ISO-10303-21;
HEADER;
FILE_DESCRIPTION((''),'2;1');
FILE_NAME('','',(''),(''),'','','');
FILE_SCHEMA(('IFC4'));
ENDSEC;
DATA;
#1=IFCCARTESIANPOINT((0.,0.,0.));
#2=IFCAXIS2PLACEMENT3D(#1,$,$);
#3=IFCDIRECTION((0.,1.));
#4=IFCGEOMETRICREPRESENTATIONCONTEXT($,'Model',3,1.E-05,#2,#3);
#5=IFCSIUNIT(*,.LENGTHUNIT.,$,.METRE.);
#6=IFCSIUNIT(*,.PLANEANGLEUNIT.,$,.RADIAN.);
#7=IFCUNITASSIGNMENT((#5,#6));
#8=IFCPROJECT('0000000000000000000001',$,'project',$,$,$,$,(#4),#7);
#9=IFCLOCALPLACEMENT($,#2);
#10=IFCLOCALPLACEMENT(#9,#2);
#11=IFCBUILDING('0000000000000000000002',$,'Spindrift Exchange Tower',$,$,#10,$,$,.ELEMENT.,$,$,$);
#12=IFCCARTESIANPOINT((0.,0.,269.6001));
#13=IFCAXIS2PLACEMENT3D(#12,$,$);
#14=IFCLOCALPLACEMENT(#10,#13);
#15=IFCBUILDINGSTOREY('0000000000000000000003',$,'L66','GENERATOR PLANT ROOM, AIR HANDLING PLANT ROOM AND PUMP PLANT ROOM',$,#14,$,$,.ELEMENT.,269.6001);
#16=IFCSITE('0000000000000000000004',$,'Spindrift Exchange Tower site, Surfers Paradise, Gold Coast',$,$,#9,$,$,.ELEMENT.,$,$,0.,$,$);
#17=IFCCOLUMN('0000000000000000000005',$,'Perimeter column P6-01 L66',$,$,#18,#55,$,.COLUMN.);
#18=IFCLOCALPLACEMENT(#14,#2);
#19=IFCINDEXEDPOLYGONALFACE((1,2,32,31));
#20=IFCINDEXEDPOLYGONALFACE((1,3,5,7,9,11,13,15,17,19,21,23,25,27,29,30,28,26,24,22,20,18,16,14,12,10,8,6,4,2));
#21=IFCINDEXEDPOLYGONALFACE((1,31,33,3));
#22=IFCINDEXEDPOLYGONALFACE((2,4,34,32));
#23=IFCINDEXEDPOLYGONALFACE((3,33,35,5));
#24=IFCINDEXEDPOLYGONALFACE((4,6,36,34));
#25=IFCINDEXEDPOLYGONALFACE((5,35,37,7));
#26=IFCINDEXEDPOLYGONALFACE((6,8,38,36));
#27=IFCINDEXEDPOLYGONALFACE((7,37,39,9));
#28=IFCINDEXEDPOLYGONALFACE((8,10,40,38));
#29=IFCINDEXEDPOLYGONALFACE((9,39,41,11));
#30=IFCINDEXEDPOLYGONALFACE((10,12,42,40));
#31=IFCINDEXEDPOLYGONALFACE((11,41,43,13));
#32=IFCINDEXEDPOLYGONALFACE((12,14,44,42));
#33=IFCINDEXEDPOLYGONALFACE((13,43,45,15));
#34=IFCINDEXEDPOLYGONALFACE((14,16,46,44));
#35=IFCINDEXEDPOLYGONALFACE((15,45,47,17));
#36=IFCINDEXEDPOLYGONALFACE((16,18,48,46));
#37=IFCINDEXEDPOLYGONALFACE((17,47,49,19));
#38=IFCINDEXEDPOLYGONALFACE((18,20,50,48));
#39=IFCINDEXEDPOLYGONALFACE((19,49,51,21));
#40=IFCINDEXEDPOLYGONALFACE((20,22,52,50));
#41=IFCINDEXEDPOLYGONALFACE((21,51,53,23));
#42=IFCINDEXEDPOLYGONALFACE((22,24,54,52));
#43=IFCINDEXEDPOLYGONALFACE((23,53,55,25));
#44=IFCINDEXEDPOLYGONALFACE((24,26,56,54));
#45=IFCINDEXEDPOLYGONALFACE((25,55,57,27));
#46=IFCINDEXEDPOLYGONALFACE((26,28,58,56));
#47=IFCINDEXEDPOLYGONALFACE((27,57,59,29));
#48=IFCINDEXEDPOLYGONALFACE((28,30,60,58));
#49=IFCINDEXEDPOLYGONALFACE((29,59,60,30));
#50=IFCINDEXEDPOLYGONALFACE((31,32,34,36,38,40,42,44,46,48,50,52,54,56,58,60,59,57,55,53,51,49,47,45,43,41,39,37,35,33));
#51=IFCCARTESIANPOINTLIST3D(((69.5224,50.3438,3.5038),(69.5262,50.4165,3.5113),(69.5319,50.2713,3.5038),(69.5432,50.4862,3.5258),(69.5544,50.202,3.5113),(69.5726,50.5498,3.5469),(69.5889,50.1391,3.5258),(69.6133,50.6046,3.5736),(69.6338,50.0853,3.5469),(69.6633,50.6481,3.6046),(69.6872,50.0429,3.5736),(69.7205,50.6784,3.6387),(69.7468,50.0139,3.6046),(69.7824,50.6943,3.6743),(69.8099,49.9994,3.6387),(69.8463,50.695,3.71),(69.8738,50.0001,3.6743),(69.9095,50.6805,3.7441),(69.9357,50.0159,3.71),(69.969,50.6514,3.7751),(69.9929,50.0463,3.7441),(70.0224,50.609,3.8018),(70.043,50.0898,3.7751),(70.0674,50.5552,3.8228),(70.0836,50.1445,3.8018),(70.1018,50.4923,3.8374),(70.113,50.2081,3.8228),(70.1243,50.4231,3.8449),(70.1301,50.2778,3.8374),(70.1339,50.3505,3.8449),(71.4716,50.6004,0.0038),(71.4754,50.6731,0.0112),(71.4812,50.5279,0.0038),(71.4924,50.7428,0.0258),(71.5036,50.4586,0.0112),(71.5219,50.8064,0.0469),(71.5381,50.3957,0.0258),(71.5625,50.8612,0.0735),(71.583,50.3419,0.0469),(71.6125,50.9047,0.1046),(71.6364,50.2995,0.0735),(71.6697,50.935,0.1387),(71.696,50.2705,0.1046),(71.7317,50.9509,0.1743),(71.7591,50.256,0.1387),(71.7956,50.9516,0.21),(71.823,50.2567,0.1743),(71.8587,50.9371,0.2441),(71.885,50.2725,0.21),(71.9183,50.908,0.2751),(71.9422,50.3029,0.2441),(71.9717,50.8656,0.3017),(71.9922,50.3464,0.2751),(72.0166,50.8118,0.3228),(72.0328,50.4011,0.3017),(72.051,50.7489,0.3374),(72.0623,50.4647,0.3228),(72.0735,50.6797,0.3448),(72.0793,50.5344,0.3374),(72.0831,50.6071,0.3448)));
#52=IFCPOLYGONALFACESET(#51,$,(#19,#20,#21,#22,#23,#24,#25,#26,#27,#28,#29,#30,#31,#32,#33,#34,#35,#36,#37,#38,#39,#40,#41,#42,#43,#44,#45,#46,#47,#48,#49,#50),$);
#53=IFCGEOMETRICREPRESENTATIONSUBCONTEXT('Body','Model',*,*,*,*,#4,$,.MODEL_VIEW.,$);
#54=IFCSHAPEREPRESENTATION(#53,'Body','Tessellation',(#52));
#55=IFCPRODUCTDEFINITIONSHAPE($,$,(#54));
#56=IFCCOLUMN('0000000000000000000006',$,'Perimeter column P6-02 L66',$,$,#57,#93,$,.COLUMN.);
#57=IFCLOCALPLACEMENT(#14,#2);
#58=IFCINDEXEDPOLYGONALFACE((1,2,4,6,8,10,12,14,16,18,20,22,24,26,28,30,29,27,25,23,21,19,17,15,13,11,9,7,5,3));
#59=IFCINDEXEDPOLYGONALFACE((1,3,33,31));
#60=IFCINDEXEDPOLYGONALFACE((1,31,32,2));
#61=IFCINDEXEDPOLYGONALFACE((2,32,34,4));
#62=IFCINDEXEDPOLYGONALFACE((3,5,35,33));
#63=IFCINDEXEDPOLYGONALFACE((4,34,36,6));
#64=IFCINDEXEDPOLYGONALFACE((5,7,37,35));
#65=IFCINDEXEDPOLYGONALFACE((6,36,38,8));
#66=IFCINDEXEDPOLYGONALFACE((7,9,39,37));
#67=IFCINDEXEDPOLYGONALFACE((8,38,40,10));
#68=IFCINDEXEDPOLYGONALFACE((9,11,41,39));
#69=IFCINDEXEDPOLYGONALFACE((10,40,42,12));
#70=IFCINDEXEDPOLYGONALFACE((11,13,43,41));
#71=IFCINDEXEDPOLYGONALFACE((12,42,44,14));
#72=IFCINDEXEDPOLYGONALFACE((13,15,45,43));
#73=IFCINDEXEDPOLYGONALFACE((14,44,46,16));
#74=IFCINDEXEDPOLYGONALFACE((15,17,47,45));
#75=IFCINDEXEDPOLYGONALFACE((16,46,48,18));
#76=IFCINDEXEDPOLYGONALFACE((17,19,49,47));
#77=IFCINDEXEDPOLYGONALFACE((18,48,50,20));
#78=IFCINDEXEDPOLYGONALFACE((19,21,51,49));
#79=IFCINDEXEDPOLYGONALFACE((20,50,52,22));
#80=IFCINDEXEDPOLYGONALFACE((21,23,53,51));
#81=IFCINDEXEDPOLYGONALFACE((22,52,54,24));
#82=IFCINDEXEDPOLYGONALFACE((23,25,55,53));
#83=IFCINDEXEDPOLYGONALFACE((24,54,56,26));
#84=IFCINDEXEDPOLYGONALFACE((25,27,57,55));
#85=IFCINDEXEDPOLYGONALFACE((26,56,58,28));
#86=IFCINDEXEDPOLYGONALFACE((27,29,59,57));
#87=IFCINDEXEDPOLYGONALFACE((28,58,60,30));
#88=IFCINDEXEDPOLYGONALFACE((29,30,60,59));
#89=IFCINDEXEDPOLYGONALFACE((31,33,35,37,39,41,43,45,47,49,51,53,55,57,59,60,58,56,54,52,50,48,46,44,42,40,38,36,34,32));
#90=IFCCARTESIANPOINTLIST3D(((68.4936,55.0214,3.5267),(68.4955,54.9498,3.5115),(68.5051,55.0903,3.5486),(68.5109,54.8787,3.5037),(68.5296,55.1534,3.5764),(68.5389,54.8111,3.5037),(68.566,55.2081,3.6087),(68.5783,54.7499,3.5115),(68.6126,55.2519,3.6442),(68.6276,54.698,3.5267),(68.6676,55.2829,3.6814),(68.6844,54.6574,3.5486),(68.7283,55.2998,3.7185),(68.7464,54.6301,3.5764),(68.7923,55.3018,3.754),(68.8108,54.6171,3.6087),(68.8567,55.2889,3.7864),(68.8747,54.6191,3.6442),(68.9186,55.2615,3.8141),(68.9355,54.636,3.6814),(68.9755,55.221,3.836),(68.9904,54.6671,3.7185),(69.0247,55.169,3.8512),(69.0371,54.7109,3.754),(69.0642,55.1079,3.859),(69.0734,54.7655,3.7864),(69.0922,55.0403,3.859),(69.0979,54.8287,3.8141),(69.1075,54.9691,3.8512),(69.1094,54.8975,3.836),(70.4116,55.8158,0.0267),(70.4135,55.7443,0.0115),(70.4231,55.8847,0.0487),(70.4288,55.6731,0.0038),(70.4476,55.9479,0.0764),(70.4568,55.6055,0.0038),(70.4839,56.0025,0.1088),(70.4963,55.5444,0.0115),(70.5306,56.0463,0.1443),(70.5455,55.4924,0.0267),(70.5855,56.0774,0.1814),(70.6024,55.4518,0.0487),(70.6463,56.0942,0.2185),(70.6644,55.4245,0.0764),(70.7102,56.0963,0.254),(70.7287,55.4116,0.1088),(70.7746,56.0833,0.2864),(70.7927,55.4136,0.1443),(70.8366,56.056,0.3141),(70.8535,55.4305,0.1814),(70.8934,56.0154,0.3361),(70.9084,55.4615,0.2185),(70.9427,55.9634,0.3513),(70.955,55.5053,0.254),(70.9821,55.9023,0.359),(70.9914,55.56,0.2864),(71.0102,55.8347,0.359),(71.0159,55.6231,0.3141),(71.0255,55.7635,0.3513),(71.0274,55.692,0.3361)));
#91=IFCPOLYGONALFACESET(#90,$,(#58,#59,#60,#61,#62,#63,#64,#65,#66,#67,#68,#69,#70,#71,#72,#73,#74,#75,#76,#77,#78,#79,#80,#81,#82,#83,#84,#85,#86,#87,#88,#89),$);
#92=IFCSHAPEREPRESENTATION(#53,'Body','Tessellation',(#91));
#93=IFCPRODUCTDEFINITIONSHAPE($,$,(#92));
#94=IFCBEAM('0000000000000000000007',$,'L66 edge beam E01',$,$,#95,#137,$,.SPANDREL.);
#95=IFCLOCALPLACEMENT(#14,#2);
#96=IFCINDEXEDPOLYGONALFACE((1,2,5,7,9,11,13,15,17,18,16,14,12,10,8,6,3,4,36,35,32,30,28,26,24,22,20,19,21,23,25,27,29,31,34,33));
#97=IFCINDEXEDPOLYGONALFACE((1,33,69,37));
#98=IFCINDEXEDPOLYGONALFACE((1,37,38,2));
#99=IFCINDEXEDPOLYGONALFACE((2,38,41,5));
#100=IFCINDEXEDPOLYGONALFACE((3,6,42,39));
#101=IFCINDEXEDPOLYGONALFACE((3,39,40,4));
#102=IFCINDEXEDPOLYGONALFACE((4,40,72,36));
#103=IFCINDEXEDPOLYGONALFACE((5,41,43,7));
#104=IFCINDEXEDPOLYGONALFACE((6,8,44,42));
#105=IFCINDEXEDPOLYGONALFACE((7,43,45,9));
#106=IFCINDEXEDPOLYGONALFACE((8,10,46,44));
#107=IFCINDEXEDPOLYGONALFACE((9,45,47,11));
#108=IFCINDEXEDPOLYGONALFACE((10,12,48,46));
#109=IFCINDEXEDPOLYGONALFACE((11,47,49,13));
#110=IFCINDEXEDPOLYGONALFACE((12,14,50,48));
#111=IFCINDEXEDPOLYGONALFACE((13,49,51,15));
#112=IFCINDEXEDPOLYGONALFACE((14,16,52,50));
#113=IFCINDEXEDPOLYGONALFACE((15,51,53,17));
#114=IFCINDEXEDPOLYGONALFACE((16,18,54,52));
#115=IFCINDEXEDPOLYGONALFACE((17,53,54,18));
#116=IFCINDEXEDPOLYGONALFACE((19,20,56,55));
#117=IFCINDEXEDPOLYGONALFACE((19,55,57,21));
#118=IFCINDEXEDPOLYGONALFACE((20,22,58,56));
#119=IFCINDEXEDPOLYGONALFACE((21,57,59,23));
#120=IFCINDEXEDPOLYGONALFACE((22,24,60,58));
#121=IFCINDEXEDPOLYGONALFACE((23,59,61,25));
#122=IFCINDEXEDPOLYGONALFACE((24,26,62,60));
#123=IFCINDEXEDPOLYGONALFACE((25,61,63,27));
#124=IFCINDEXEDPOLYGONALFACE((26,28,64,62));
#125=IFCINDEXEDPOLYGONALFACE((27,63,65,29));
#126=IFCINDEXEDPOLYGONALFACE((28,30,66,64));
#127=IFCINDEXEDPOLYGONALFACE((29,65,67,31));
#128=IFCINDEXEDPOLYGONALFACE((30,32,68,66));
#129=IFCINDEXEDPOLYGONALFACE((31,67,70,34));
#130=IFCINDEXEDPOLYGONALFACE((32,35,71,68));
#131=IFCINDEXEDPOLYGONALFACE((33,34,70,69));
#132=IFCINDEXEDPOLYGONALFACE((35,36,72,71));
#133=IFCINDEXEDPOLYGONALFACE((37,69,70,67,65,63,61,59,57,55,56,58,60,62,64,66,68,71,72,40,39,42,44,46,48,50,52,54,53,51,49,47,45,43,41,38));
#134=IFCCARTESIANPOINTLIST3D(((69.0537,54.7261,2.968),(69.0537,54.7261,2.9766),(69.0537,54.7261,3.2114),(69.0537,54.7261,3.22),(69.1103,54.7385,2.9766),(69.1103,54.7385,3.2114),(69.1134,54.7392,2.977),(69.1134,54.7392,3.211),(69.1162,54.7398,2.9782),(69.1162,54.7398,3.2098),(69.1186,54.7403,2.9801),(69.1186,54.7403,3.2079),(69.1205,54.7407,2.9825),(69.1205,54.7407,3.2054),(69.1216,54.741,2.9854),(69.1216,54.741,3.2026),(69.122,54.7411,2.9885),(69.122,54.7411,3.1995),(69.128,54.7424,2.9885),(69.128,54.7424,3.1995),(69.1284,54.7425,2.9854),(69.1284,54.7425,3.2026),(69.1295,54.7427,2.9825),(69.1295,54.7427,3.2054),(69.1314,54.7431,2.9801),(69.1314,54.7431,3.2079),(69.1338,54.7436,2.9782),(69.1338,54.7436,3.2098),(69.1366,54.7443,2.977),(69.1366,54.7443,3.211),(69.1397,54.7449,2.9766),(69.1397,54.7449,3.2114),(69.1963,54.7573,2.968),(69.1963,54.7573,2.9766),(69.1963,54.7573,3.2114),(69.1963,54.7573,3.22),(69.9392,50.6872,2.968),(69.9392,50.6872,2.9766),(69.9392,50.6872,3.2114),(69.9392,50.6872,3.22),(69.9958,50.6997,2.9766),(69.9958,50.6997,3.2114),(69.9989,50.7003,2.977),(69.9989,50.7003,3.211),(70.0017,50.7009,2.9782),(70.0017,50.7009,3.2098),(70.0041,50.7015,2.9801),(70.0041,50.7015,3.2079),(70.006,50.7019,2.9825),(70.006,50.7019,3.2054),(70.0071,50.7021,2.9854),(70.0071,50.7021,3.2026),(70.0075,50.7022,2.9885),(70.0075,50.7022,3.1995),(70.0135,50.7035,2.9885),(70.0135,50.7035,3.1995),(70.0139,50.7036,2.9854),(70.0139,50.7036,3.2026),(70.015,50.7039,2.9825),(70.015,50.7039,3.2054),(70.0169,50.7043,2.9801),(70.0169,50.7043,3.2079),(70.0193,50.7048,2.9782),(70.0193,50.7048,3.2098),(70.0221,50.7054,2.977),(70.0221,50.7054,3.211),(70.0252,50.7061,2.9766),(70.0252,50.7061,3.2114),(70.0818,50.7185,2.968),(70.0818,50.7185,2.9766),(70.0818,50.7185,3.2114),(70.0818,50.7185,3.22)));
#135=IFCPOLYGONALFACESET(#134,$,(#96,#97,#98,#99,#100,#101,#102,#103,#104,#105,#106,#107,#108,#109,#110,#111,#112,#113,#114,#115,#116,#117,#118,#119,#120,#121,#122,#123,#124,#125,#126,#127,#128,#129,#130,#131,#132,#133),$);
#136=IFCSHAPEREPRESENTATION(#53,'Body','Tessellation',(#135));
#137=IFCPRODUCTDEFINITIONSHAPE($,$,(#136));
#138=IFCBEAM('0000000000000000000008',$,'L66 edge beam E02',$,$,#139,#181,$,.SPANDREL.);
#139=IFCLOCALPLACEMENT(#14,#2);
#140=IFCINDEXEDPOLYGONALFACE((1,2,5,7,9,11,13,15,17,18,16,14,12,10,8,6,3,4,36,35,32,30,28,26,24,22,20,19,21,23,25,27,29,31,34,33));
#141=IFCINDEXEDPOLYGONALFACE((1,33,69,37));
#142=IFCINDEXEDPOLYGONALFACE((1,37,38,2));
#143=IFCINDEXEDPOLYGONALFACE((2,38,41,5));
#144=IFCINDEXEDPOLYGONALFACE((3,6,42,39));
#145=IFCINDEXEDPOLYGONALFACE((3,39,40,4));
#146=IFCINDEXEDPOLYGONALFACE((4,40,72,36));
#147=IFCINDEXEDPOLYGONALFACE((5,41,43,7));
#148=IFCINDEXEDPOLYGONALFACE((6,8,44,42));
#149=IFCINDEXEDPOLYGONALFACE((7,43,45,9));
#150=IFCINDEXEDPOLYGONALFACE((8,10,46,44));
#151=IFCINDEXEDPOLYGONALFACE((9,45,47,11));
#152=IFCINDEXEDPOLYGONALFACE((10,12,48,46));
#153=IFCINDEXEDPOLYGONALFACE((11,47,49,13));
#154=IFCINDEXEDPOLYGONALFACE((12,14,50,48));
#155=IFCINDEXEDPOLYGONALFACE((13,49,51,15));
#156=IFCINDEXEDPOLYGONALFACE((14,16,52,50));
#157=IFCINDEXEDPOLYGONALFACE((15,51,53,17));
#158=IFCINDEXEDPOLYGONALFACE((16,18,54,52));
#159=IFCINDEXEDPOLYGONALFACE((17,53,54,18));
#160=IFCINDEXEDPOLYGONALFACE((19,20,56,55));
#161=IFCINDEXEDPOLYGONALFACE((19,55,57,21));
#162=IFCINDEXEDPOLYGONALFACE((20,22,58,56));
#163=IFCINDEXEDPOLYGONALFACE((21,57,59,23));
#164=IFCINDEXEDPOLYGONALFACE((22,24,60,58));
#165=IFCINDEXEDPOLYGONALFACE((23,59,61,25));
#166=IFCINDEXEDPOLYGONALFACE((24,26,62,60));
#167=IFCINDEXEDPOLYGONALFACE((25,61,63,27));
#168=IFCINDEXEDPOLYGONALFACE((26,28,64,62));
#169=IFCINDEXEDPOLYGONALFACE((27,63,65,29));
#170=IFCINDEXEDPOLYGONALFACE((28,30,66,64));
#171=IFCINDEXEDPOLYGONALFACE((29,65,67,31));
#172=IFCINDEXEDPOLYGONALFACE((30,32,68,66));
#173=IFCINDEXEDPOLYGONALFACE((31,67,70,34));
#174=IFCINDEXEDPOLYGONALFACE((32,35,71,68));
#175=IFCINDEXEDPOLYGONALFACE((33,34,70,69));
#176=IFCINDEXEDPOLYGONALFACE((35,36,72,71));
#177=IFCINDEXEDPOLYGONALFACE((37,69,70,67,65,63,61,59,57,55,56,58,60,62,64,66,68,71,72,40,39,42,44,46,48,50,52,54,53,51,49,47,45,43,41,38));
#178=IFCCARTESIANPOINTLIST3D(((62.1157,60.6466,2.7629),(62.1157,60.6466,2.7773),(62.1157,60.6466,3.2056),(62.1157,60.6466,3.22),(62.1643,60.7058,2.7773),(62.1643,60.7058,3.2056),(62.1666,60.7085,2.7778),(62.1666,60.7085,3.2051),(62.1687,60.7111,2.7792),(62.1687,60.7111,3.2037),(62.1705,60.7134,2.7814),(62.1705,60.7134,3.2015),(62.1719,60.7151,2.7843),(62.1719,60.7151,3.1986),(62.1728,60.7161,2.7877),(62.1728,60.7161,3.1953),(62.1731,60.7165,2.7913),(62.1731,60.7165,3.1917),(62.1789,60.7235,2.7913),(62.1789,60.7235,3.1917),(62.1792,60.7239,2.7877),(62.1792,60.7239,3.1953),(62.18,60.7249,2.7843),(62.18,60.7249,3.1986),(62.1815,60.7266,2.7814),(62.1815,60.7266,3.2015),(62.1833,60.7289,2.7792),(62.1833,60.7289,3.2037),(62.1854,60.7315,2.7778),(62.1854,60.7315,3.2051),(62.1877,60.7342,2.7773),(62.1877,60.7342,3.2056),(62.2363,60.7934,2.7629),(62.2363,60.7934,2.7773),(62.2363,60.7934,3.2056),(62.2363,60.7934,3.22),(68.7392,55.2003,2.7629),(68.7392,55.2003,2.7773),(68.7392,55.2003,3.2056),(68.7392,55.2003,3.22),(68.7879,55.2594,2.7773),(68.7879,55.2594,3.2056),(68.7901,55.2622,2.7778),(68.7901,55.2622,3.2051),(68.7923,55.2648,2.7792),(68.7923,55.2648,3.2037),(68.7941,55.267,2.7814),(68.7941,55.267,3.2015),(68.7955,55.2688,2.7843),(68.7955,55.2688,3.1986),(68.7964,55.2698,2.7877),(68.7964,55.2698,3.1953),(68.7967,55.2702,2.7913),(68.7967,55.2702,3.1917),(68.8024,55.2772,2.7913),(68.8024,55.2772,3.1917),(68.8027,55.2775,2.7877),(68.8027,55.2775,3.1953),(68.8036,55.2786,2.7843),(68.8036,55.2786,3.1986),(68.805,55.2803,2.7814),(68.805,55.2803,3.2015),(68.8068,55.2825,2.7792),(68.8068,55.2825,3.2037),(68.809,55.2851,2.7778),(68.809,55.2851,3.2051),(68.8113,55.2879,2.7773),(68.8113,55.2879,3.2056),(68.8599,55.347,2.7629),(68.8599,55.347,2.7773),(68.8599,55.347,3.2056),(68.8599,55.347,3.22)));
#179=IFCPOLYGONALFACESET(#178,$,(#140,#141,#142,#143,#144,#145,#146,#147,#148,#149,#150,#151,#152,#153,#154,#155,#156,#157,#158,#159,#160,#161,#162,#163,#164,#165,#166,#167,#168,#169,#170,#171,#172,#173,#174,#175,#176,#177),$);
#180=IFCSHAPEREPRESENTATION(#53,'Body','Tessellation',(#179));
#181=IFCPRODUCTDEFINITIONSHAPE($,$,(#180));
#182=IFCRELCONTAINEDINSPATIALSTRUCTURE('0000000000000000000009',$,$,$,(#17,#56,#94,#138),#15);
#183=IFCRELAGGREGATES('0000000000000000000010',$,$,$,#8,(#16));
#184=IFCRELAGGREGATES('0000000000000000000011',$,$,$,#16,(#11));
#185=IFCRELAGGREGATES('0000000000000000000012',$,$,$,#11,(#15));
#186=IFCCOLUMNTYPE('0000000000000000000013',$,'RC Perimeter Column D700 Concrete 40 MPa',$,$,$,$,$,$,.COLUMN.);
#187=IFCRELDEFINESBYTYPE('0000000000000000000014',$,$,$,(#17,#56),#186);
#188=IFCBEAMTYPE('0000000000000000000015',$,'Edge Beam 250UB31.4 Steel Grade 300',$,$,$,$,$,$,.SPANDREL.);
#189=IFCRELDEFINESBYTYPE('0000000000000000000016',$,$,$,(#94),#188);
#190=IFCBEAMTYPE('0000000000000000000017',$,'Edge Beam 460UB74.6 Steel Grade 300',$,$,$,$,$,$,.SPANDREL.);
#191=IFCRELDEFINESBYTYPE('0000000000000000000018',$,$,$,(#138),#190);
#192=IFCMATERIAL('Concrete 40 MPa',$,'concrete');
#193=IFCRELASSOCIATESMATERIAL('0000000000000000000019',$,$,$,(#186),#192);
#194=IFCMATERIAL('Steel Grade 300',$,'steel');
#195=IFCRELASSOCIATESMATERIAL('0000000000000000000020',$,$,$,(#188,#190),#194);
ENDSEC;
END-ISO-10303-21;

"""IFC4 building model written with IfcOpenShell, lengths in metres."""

from ifc_helpers import new_model, si_unit, direction, frame, origin, origin_2d, place, context, subcontext, project, spatial, circle, i_section, extrude, source, transform, mapped, material, material_profile, profile_set, type_object, element, save


model = new_model("IFC4")

# Units and contexts
model_context = context("Model", 3, precision=1e-05, world=origin(), true_north=direction((0.0, 1.0)))
body_context = subcontext(model_context, "Body", "Model", "MODEL_VIEW")
ifc_project = project(units=[si_unit("LENGTHUNIT", "METRE"), si_unit("PLANEANGLEUNIT", "RADIAN")], contexts=[model_context])

# Site, building, storey
site_placement = place(None, origin())
site = spatial("IfcSite", under=ifc_project, at=site_placement, Name="Spindrift Exchange Tower site, Surfers Paradise, Gold Coast", CompositionType="ELEMENT", RefElevation=0.0)
building_placement = place(site_placement, origin())
building = spatial("IfcBuilding", under=site, at=building_placement, Name="Spindrift Exchange Tower", CompositionType="ELEMENT")
storey_placement = place(building_placement, frame((0.0, 0.0, 269.6001)))
storey = spatial("IfcBuildingStorey", under=building, at=storey_placement, Name="L66", Description="GENERATOR PLANT ROOM, AIR HANDLING PLANT ROOM AND PUMP PLANT ROOM", CompositionType="ELEMENT", Elevation=269.6001)

# Columns
ifc_material_1 = material(Name="Concrete 40 MPa", Category="concrete")
ifc_material_profile_1 = material_profile(ifc_material_1, circle(Radius=0.3501, at=origin_2d()), Name="RC D700")
ifc_profile_set_1 = profile_set([ifc_material_profile_1], Name="Concrete 40 MPa")
column_type = type_object("IfcColumnType", Name="RC Perimeter Column D700 Concrete 40 MPa", PredefinedType="COLUMN", material=ifc_profile_set_1)
shared_shape_1 = source(origin(), body_context, "Body", "SweptSolid", [
    extrude(circle(Radius=0.3501, at=origin_2d()), origin(), (0.0, 0.0, 1.0), 4.0144),
])
column_1_placement = place(storey_placement, frame((71.7773, 50.6038, 0.1743), z_axis=(-0.485558, -0.063918, 0.871864), x_axis=(0.130512, -0.991447, 0.0)))
element("IfcColumn", 1, at=column_1_placement, inside=storey, type_object=column_type, Name="Perimeter column P6-01 L66", PredefinedType="COLUMN", context=body_context, shape_type="MappedRepresentation", body=[
    mapped(shared_shape_1, transform((0.0, 0.0, 0.0), scale=1.0)),
])
shared_shape_2 = source(origin(), body_context, "Body", "SweptSolid", [
    extrude(circle(Radius=0.3501, at=origin_2d()), origin(), (0.0, 0.0, 1.0), 4.0693),
])
column_2_placement = place(storey_placement, frame((70.7195, 55.7539, 0.1814), z_axis=(-0.471319, -0.195223, 0.860085), x_axis=(0.382677, -0.923882, 0.0)))
element("IfcColumn", 2, at=column_2_placement, inside=storey, type_object=column_type, Name="Perimeter column P6-02 L66", PredefinedType="COLUMN", context=body_context, shape_type="MappedRepresentation", body=[
    mapped(shared_shape_2, transform((0.0, 0.0, 0.0), scale=1.0)),
])

# Beams
ifc_material_2 = material(Name="Steel Grade 300", Category="steel")
ifc_material_profile_2 = material_profile(ifc_material_2, i_section(OverallWidth=0.146, OverallDepth=0.252, WebThickness=0.0061, FlangeThickness=0.0085, FilletRadius=0.012, at=origin_2d()), Name="250UB31.4")
ifc_profile_set_2 = profile_set([ifc_material_profile_2], Name="Steel Grade 300")
beam_type_1 = type_object("IfcBeamType", Name="Edge Beam 250UB31.4 Steel Grade 300", PredefinedType="SPANDREL", material=ifc_profile_set_2)
shared_shape_3 = source(origin(), body_context, "Body", "SweptSolid", [
    extrude(i_section(OverallWidth=0.146, OverallDepth=0.252, WebThickness=0.0061, FlangeThickness=0.0085, FilletRadius=0.012, at=origin_2d()), origin(), (0.0, 0.0, 1.0), 4.1348),
])
beam_1_placement = place(storey_placement, frame((70.0105, 50.7029, 3.094), z_axis=(-0.21416, 0.976799, 0.0), x_axis=(-0.976799, -0.21416, 0.0)))
element("IfcBeam", 3, at=beam_1_placement, inside=storey, type_object=beam_type_1, Name="L66 edge beam E01", PredefinedType="SPANDREL", context=body_context, shape_type="MappedRepresentation", body=[
    mapped(shared_shape_3, transform((0.0, 0.0, 0.0), scale=1.0)),
])
ifc_material_profile_3 = material_profile(ifc_material_2, i_section(OverallWidth=0.1899, OverallDepth=0.457, WebThickness=0.009, FlangeThickness=0.0144, FilletRadius=0.0139, at=origin_2d()), Name="460UB74.6")
ifc_profile_set_3 = profile_set([ifc_material_profile_3], Name="Steel Grade 300")
beam_type_2 = type_object("IfcBeamType", Name="Edge Beam 460UB74.6 Steel Grade 300", PredefinedType="SPANDREL", material=ifc_profile_set_3)
shared_shape_4 = source(origin(), body_context, "Body", "SweptSolid", [
    extrude(i_section(OverallWidth=0.1899, OverallDepth=0.457, WebThickness=0.009, FlangeThickness=0.0144, FilletRadius=0.0139, at=origin_2d()), origin(), (0.0, 0.0, 1.0), 8.5752),
])
beam_2_placement = place(storey_placement, frame((68.7996, 55.2737, 2.9915), z_axis=(-0.77241, 0.635124, 0.0), x_axis=(-0.635124, -0.77241, 0.0)))
element("IfcBeam", 4, at=beam_2_placement, inside=storey, type_object=beam_type_2, Name="L66 edge beam E02", PredefinedType="SPANDREL", context=body_context, shape_type="MappedRepresentation", body=[
    mapped(shared_shape_4, transform((0.0, 0.0, 0.0), scale=1.0)),
])

save(model, "model.ifc")
